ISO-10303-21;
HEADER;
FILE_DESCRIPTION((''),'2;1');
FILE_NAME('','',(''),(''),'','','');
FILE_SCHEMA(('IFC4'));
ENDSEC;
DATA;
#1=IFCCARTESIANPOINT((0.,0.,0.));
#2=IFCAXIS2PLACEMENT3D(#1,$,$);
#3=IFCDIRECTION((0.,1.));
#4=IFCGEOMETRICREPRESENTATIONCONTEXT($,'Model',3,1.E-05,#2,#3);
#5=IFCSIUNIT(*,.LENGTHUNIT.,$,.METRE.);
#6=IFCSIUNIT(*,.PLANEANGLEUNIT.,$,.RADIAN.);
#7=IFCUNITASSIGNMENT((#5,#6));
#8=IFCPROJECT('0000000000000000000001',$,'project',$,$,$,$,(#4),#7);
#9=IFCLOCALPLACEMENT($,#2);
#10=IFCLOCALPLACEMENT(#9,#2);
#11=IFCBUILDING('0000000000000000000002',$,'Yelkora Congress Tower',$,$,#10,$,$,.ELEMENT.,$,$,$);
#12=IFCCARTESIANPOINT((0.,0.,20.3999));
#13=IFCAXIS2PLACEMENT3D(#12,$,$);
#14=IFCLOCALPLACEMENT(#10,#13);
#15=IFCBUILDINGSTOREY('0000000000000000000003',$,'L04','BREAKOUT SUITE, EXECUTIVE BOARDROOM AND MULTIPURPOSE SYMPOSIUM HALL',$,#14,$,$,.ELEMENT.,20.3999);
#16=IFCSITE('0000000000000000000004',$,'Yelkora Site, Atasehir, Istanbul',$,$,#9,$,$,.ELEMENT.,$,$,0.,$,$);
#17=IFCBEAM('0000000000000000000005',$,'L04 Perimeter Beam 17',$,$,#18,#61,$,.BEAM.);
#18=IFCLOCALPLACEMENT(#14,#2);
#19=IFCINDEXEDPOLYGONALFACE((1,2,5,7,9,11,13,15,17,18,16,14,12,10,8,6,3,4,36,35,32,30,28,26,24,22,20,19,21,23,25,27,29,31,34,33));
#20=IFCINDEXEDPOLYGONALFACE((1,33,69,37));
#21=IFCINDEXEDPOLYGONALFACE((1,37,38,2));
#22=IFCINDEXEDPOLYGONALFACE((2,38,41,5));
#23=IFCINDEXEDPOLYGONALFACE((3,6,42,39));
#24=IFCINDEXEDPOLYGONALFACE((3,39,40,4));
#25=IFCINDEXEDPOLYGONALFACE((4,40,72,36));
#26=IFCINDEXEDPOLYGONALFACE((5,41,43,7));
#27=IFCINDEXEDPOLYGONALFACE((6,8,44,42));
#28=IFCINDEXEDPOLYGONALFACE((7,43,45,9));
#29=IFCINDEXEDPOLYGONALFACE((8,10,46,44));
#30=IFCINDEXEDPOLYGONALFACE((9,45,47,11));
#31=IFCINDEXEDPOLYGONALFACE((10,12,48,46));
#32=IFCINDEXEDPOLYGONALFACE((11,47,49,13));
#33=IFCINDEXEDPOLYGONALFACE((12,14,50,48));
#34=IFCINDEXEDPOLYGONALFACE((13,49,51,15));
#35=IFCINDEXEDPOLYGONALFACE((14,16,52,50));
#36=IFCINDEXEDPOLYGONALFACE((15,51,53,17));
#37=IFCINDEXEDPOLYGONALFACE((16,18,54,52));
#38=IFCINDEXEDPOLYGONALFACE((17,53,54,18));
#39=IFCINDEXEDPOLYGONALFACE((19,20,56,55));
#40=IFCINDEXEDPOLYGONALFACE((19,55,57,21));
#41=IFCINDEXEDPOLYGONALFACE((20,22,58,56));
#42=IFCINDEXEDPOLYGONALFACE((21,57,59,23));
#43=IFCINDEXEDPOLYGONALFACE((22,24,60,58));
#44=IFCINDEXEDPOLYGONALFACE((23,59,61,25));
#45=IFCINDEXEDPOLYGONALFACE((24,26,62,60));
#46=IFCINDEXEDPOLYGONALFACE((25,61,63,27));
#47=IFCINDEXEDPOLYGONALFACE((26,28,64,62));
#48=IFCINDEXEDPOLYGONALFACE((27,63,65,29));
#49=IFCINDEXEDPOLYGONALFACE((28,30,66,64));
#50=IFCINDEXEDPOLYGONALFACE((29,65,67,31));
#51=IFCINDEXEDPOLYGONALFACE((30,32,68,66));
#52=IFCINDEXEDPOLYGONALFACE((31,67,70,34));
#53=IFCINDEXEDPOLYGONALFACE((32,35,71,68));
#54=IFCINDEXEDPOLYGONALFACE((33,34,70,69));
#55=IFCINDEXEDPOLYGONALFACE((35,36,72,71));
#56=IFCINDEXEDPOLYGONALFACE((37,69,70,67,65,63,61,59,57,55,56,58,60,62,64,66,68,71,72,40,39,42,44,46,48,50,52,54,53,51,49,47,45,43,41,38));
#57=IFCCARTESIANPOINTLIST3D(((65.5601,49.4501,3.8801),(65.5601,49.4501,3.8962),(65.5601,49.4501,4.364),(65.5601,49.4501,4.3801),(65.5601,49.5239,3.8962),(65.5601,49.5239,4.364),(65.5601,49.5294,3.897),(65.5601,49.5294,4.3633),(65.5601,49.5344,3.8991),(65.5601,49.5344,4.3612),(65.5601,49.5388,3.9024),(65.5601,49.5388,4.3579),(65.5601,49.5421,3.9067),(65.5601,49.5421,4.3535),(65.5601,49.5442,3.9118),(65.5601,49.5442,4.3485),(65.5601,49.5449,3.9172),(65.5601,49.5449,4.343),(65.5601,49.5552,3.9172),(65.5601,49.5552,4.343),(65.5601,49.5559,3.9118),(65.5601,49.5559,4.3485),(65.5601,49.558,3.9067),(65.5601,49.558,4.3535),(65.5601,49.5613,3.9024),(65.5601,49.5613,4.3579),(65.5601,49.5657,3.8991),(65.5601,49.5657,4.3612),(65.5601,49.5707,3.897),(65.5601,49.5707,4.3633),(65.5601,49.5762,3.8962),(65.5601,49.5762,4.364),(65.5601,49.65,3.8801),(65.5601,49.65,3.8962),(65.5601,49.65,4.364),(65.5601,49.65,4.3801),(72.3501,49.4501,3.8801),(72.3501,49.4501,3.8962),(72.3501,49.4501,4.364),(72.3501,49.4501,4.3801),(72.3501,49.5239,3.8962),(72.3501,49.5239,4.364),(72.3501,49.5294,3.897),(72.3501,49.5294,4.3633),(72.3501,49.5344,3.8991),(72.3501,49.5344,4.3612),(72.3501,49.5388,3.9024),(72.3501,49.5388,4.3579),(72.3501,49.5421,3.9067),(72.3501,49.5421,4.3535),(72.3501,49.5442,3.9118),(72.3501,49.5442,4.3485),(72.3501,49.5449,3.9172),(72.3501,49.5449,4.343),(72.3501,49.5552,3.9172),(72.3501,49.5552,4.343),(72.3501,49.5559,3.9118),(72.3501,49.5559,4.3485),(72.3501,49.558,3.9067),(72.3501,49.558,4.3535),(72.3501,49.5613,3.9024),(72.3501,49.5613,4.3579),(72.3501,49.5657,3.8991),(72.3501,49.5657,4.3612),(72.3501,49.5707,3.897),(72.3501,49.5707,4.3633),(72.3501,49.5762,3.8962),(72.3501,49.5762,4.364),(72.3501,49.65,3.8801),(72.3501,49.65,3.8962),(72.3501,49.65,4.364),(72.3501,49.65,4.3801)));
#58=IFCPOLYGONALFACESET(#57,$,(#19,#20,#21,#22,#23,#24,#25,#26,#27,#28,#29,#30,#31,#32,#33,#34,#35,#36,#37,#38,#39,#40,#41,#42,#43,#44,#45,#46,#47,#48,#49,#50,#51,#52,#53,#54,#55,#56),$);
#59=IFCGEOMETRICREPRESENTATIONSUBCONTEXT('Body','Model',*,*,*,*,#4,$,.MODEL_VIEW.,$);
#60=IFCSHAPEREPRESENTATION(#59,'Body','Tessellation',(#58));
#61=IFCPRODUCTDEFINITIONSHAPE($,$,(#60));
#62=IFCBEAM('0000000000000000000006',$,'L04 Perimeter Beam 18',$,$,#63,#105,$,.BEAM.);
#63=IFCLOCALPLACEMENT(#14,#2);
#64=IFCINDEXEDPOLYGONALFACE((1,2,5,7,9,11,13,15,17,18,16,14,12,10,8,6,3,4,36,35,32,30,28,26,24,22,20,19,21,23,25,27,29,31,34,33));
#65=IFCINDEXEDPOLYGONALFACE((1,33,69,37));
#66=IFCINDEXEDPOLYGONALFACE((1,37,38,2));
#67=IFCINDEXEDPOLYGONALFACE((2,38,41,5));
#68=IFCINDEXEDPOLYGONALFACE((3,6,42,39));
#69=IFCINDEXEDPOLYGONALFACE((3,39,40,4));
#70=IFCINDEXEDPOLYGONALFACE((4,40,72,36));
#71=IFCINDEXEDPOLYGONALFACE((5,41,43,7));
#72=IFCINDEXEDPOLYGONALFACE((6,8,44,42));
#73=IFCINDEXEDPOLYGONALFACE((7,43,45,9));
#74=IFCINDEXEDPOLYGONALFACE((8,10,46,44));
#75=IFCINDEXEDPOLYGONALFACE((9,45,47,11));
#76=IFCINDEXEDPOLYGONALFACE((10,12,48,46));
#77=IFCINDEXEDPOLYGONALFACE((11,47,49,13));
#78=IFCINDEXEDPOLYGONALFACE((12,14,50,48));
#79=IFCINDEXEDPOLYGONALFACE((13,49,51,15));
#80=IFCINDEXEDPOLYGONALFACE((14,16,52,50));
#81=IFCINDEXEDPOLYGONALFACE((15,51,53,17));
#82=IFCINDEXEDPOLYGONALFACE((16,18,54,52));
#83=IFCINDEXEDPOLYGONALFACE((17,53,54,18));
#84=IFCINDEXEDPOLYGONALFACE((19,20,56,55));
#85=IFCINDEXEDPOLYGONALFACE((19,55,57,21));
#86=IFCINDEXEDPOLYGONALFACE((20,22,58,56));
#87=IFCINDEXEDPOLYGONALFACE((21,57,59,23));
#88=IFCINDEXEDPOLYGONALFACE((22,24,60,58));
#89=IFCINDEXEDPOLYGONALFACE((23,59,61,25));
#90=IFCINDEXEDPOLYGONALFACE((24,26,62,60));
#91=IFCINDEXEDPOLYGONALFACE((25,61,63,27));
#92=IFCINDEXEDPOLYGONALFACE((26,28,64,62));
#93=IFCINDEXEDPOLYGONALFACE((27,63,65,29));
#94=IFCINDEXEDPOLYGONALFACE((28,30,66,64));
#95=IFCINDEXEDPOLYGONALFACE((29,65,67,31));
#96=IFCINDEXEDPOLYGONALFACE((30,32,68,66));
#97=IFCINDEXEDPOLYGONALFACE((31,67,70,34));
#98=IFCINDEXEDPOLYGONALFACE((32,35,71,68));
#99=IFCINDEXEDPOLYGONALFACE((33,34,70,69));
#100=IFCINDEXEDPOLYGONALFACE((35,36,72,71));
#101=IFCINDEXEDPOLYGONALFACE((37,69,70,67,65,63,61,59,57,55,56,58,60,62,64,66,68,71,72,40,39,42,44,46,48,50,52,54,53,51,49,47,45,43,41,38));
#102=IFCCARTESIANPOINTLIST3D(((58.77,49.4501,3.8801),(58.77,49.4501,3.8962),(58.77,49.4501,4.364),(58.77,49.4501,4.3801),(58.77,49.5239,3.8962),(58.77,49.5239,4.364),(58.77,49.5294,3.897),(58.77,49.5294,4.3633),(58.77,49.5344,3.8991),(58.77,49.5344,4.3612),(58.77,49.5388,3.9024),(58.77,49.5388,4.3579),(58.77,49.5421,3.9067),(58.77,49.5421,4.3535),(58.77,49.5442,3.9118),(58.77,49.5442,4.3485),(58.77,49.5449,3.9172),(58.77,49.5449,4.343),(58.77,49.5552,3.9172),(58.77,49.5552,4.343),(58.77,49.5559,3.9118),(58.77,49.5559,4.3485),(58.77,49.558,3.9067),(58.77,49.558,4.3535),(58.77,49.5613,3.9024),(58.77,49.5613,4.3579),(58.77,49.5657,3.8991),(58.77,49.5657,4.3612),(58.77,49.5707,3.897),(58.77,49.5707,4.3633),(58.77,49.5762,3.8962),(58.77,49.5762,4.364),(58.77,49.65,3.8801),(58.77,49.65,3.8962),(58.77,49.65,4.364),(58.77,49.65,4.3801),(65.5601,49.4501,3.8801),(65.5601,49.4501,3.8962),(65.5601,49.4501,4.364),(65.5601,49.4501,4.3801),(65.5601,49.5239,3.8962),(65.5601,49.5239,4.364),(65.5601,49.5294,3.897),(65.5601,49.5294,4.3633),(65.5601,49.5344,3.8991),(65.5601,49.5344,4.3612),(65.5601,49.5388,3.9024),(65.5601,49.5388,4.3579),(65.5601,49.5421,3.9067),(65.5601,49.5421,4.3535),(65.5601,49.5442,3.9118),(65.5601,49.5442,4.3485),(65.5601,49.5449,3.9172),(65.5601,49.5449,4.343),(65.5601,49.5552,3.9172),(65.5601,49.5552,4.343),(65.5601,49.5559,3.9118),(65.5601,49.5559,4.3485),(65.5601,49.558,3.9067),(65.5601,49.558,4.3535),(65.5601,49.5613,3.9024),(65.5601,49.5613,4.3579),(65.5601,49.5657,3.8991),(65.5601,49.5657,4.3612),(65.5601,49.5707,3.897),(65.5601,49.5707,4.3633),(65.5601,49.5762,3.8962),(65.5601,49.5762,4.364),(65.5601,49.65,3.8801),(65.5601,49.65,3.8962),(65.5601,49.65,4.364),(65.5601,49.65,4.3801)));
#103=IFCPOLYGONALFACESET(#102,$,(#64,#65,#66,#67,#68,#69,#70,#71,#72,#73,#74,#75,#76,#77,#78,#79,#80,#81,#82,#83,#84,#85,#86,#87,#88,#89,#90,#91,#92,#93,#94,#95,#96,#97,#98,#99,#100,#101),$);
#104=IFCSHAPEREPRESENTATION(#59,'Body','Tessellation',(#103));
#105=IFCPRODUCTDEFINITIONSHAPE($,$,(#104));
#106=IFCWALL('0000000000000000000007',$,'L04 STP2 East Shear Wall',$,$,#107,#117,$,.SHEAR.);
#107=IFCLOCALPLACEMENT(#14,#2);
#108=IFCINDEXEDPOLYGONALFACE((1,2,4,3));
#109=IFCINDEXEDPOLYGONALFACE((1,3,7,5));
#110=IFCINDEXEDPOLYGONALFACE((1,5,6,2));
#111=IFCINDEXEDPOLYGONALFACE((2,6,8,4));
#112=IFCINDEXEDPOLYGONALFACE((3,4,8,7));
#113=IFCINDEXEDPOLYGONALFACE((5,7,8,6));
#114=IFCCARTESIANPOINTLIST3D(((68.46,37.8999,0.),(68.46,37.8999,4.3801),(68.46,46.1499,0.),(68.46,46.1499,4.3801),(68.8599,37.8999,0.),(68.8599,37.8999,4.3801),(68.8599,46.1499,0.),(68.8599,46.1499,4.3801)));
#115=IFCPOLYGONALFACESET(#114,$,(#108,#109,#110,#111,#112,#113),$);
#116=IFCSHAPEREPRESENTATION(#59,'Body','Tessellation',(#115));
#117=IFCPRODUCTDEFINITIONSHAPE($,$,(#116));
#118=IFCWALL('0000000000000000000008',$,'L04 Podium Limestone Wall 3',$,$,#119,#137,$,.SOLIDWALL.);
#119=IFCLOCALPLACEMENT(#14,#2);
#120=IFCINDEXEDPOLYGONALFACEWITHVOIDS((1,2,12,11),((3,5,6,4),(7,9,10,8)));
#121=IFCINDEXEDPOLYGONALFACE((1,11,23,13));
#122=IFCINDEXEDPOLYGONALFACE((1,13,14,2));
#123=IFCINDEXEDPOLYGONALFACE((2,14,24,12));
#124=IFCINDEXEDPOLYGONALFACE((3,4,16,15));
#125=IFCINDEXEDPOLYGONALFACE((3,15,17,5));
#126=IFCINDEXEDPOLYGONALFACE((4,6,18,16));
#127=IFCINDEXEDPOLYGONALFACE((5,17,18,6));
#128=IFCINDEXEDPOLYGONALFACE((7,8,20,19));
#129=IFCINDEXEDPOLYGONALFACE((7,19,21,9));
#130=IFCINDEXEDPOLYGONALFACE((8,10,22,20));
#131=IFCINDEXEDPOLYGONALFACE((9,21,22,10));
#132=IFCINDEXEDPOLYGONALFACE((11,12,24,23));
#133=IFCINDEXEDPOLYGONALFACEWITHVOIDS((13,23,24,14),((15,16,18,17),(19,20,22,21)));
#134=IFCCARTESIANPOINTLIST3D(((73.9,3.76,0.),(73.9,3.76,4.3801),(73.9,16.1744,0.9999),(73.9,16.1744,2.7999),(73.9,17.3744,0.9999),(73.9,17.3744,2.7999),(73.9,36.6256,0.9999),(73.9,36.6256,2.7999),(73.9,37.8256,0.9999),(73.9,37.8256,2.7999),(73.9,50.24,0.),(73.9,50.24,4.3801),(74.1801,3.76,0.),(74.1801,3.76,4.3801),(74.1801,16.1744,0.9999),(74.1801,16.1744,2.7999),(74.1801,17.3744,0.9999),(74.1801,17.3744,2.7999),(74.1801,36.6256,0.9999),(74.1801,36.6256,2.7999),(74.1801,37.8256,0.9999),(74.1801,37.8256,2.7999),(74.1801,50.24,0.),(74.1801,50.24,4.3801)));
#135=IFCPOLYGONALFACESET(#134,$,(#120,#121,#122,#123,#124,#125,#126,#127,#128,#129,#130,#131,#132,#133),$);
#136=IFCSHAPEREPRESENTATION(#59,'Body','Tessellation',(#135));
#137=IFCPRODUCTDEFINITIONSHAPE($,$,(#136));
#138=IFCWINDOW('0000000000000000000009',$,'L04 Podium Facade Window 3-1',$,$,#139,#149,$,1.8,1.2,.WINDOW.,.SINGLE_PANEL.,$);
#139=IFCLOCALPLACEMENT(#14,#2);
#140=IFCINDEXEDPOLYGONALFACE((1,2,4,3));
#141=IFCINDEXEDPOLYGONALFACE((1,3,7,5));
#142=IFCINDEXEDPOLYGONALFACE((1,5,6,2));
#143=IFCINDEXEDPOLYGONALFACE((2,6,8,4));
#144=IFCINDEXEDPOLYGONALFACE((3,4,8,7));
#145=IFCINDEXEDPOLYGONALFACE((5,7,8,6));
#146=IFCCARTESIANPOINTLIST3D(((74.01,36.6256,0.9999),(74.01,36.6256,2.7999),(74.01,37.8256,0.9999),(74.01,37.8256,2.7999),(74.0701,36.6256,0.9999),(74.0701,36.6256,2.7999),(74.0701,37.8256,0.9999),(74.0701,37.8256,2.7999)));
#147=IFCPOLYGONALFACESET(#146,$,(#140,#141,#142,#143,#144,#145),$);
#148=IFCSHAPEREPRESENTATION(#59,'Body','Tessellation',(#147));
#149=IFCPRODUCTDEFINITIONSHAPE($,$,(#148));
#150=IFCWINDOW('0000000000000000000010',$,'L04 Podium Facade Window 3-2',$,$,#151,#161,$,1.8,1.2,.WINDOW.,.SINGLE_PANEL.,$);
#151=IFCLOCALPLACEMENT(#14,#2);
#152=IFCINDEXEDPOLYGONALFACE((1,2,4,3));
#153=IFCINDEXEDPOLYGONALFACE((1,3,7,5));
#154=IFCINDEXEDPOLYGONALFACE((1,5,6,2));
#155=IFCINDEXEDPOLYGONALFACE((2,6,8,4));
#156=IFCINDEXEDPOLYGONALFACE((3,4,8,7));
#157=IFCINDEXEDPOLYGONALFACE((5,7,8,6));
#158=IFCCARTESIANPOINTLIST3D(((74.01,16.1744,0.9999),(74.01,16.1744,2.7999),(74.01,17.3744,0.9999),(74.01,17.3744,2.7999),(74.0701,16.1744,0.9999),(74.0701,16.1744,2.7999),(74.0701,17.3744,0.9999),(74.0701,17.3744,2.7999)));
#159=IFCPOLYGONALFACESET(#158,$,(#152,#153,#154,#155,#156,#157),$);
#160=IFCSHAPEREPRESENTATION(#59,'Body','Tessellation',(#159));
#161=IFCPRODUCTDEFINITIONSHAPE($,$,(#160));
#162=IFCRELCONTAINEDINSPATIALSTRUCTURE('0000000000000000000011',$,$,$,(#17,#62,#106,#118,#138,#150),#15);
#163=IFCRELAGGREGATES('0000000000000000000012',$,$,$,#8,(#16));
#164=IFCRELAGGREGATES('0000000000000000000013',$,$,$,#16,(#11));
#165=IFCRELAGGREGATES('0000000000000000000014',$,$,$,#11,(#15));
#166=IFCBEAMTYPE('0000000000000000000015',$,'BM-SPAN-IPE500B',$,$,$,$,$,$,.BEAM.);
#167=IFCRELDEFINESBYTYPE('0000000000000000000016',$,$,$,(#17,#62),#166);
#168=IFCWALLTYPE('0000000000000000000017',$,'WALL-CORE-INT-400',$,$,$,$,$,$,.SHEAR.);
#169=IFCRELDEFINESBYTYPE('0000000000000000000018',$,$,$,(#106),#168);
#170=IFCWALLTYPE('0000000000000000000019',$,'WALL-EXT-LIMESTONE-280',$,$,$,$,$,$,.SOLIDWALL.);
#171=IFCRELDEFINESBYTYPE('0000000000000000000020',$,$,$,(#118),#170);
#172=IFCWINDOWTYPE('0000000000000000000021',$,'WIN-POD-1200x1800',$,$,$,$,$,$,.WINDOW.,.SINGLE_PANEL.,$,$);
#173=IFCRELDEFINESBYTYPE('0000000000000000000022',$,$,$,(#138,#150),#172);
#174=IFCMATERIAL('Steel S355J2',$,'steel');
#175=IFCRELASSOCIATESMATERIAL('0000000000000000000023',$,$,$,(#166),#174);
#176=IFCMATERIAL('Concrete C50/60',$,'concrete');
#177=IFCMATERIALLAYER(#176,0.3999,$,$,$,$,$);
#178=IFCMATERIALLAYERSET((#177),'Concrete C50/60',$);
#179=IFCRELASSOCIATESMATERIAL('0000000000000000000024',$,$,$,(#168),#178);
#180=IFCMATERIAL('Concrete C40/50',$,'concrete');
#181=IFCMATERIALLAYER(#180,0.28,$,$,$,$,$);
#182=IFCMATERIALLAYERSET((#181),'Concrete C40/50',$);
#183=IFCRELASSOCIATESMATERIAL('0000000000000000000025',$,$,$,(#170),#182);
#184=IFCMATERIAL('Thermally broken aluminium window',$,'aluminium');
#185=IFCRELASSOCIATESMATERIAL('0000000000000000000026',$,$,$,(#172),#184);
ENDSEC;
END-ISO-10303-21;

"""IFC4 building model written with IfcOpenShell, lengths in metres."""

from ifc_helpers import new_model, si_unit, direction, frame, frame_2d, origin, origin_2d, place, context, subcontext, project, spatial, rectangle, i_section, extrude, material, layer, layer_set, material_profile, profile_set, type_object, element, fill, save


model = new_model("IFC4")

# Units and contexts
model_context = context("Model", 3, precision=1e-05, world=origin(), true_north=direction((0.0, 1.0)))
body_context = subcontext(model_context, "Body", "Model", "MODEL_VIEW")
ifc_project = project(units=[si_unit("LENGTHUNIT", "METRE"), si_unit("PLANEANGLEUNIT", "RADIAN")], contexts=[model_context])

# Site, building, storey
site_placement = place(None, origin())
site = spatial("IfcSite", under=ifc_project, at=site_placement, Name="Yelkora Site, Atasehir, Istanbul", CompositionType="ELEMENT", RefElevation=0.0)
building_placement = place(site_placement, origin())
building = spatial("IfcBuilding", under=site, at=building_placement, Name="Yelkora Congress Tower", CompositionType="ELEMENT")
storey_placement = place(building_placement, frame((0.0, 0.0, 20.3999)))
storey = spatial("IfcBuildingStorey", under=building, at=storey_placement, Name="L04", Description="BREAKOUT SUITE, EXECUTIVE BOARDROOM AND MULTIPURPOSE SYMPOSIUM HALL", CompositionType="ELEMENT", Elevation=20.3999)

# Shared definitions
ifc_material_1 = material(Name="Concrete C50/60", Category="concrete")

# Beams
ifc_material_2 = material(Name="Steel S355J2", Category="steel")
ifc_material_profile_1 = material_profile(ifc_material_2, i_section(OverallWidth=0.2, OverallDepth=0.5, WebThickness=0.0103, FlangeThickness=0.0161, FilletRadius=0.021, at=origin_2d()), Name="IPE 500")
ifc_profile_set_1 = profile_set([ifc_material_profile_1], Name="Steel S355J2")
beam_type_1 = type_object("IfcBeamType", Name="BM-SPAN-IPE500B", PredefinedType="BEAM", material=ifc_profile_set_1)
for number, where, z_axis, x_axis, name in (
    (1, (72.3501, 49.55, 4.1301), (-1.0, 0.0, 0.0), (0.0, -1.0, 0.0), "L04 Perimeter Beam 17"),
    (2, (65.5601, 49.55, 4.1301), (-1.0, 0.0, 0.0), (0.0, -1.0, 0.0), "L04 Perimeter Beam 18"),
):
    element("IfcBeam", number, at=place(storey_placement, frame(where, z_axis=z_axis, x_axis=x_axis)), inside=storey, type_object=beam_type_1, Name=name, PredefinedType="BEAM", context=body_context, shape_type="SweptSolid", body=[
        extrude(i_section(OverallWidth=0.2, OverallDepth=0.5, WebThickness=0.0103, FlangeThickness=0.0161, FilletRadius=0.021, at=origin_2d()), origin(), (0.0, 0.0, 1.0), 6.79),
    ])

# Wall
ifc_layer_1 = layer(ifc_material_1, 0.3999)
ifc_layer_set_1 = layer_set([ifc_layer_1], Name="Concrete C50/60")
wall_type_1 = type_object("IfcWallType", Name="WALL-CORE-INT-400", PredefinedType="SHEAR", material=ifc_layer_set_1)
wall_1_placement = place(storey_placement, frame((68.6599, 37.8999, 0.0), z_axis=(0.0, 0.0, 1.0), x_axis=(0.0, 1.0, 0.0)))
element("IfcWall", 3, at=wall_1_placement, inside=storey, type_object=wall_type_1, Name="L04 STP2 East Shear Wall", PredefinedType="SHEAR", context=body_context, shape_type="SweptSolid", body=[
    extrude(rectangle(XDim=8.25, YDim=0.3999, at=frame_2d((4.125, 0.0))), origin(), (0.0, 0.0, 1.0), 4.3801),
])

# Wall, openings, windows
ifc_material_3 = material(Name="Concrete C40/50", Category="concrete")
ifc_layer_2 = layer(ifc_material_3, 0.28)
ifc_layer_set_2 = layer_set([ifc_layer_2], Name="Concrete C40/50")
wall_type_2 = type_object("IfcWallType", Name="WALL-EXT-LIMESTONE-280", PredefinedType="SOLIDWALL", material=ifc_layer_set_2)
wall_2_placement = place(storey_placement, frame((74.04, 50.24, 0.0), z_axis=(0.0, 0.0, 1.0), x_axis=(0.0, -1.0, 0.0)))
wall_2 = element("IfcWall", 4, at=wall_2_placement, inside=storey, type_object=wall_type_2, Name="L04 Podium Limestone Wall 3", PredefinedType="SOLIDWALL", context=body_context, shape_type="SweptSolid", body=[
    extrude(rectangle(XDim=46.48, YDim=0.28, at=frame_2d((23.24, 0.0))), origin(), (0.0, 0.0, 1.0), 4.3801),
])
opening_1_placement = place(wall_2_placement, frame((12.4143, 0.0, 1.0)))
opening_1 = element("IfcOpeningElement", 5, at=opening_1_placement, cuts=wall_2, PredefinedType="OPENING", context=body_context, shape_type="SweptSolid", body=[
    extrude(rectangle(XDim=1.2, YDim=1.8, at=frame_2d((0.6001, 0.8999))), frame((0.0, 0.1499, 0.0), z_axis=(0.0, -1.0, 0.0), x_axis=(1.0, 0.0, 0.0)), (0.0, 0.0, 1.0), 0.3),
])
opening_2_placement = place(wall_2_placement, frame((32.8655, 0.0, 1.0)))
opening_2 = element("IfcOpeningElement", 6, at=opening_2_placement, cuts=wall_2, PredefinedType="OPENING", context=body_context, shape_type="SweptSolid", body=[
    extrude(rectangle(XDim=1.2, YDim=1.8, at=frame_2d((0.6001, 0.8999))), frame((0.0, 0.1499, 0.0), z_axis=(0.0, -1.0, 0.0), x_axis=(1.0, 0.0, 0.0)), (0.0, 0.0, 1.0), 0.3),
])
ifc_material_4 = material(Name="Thermally broken aluminium window", Category="aluminium")
window_type = type_object("IfcWindowType", Name="WIN-POD-1200x1800", PartitioningType="SINGLE_PANEL", PredefinedType="WINDOW", material=ifc_material_4)
window_1_placement = place(opening_1_placement, origin())
window_1 = element("IfcWindow", 7, at=window_1_placement, inside=storey, type_object=window_type, Name="L04 Podium Facade Window 3-1", OverallHeight=1.8, OverallWidth=1.2, PartitioningType="SINGLE_PANEL", PredefinedType="WINDOW", context=body_context, shape_type="SweptSolid", body=[
    extrude(rectangle(XDim=1.2, YDim=1.8, at=frame_2d((0.6001, 0.8999))), frame((0.0, 0.03, 0.0), z_axis=(0.0, -1.0, 0.0), x_axis=(1.0, 0.0, 0.0)), (0.0, 0.0, 1.0), 0.0601),
])
fill(opening_1, window_1)
window_2_placement = place(opening_2_placement, origin())
window_2 = element("IfcWindow", 8, at=window_2_placement, inside=storey, type_object=window_type, Name="L04 Podium Facade Window 3-2", OverallHeight=1.8, OverallWidth=1.2, PartitioningType="SINGLE_PANEL", PredefinedType="WINDOW", context=body_context, shape_type="SweptSolid", body=[
    extrude(rectangle(XDim=1.2, YDim=1.8, at=frame_2d((0.6001, 0.8999))), frame((0.0, 0.03, 0.0), z_axis=(0.0, -1.0, 0.0), x_axis=(1.0, 0.0, 0.0)), (0.0, 0.0, 1.0), 0.0601),
])
fill(opening_2, window_2)

save(model, "model.ifc")
